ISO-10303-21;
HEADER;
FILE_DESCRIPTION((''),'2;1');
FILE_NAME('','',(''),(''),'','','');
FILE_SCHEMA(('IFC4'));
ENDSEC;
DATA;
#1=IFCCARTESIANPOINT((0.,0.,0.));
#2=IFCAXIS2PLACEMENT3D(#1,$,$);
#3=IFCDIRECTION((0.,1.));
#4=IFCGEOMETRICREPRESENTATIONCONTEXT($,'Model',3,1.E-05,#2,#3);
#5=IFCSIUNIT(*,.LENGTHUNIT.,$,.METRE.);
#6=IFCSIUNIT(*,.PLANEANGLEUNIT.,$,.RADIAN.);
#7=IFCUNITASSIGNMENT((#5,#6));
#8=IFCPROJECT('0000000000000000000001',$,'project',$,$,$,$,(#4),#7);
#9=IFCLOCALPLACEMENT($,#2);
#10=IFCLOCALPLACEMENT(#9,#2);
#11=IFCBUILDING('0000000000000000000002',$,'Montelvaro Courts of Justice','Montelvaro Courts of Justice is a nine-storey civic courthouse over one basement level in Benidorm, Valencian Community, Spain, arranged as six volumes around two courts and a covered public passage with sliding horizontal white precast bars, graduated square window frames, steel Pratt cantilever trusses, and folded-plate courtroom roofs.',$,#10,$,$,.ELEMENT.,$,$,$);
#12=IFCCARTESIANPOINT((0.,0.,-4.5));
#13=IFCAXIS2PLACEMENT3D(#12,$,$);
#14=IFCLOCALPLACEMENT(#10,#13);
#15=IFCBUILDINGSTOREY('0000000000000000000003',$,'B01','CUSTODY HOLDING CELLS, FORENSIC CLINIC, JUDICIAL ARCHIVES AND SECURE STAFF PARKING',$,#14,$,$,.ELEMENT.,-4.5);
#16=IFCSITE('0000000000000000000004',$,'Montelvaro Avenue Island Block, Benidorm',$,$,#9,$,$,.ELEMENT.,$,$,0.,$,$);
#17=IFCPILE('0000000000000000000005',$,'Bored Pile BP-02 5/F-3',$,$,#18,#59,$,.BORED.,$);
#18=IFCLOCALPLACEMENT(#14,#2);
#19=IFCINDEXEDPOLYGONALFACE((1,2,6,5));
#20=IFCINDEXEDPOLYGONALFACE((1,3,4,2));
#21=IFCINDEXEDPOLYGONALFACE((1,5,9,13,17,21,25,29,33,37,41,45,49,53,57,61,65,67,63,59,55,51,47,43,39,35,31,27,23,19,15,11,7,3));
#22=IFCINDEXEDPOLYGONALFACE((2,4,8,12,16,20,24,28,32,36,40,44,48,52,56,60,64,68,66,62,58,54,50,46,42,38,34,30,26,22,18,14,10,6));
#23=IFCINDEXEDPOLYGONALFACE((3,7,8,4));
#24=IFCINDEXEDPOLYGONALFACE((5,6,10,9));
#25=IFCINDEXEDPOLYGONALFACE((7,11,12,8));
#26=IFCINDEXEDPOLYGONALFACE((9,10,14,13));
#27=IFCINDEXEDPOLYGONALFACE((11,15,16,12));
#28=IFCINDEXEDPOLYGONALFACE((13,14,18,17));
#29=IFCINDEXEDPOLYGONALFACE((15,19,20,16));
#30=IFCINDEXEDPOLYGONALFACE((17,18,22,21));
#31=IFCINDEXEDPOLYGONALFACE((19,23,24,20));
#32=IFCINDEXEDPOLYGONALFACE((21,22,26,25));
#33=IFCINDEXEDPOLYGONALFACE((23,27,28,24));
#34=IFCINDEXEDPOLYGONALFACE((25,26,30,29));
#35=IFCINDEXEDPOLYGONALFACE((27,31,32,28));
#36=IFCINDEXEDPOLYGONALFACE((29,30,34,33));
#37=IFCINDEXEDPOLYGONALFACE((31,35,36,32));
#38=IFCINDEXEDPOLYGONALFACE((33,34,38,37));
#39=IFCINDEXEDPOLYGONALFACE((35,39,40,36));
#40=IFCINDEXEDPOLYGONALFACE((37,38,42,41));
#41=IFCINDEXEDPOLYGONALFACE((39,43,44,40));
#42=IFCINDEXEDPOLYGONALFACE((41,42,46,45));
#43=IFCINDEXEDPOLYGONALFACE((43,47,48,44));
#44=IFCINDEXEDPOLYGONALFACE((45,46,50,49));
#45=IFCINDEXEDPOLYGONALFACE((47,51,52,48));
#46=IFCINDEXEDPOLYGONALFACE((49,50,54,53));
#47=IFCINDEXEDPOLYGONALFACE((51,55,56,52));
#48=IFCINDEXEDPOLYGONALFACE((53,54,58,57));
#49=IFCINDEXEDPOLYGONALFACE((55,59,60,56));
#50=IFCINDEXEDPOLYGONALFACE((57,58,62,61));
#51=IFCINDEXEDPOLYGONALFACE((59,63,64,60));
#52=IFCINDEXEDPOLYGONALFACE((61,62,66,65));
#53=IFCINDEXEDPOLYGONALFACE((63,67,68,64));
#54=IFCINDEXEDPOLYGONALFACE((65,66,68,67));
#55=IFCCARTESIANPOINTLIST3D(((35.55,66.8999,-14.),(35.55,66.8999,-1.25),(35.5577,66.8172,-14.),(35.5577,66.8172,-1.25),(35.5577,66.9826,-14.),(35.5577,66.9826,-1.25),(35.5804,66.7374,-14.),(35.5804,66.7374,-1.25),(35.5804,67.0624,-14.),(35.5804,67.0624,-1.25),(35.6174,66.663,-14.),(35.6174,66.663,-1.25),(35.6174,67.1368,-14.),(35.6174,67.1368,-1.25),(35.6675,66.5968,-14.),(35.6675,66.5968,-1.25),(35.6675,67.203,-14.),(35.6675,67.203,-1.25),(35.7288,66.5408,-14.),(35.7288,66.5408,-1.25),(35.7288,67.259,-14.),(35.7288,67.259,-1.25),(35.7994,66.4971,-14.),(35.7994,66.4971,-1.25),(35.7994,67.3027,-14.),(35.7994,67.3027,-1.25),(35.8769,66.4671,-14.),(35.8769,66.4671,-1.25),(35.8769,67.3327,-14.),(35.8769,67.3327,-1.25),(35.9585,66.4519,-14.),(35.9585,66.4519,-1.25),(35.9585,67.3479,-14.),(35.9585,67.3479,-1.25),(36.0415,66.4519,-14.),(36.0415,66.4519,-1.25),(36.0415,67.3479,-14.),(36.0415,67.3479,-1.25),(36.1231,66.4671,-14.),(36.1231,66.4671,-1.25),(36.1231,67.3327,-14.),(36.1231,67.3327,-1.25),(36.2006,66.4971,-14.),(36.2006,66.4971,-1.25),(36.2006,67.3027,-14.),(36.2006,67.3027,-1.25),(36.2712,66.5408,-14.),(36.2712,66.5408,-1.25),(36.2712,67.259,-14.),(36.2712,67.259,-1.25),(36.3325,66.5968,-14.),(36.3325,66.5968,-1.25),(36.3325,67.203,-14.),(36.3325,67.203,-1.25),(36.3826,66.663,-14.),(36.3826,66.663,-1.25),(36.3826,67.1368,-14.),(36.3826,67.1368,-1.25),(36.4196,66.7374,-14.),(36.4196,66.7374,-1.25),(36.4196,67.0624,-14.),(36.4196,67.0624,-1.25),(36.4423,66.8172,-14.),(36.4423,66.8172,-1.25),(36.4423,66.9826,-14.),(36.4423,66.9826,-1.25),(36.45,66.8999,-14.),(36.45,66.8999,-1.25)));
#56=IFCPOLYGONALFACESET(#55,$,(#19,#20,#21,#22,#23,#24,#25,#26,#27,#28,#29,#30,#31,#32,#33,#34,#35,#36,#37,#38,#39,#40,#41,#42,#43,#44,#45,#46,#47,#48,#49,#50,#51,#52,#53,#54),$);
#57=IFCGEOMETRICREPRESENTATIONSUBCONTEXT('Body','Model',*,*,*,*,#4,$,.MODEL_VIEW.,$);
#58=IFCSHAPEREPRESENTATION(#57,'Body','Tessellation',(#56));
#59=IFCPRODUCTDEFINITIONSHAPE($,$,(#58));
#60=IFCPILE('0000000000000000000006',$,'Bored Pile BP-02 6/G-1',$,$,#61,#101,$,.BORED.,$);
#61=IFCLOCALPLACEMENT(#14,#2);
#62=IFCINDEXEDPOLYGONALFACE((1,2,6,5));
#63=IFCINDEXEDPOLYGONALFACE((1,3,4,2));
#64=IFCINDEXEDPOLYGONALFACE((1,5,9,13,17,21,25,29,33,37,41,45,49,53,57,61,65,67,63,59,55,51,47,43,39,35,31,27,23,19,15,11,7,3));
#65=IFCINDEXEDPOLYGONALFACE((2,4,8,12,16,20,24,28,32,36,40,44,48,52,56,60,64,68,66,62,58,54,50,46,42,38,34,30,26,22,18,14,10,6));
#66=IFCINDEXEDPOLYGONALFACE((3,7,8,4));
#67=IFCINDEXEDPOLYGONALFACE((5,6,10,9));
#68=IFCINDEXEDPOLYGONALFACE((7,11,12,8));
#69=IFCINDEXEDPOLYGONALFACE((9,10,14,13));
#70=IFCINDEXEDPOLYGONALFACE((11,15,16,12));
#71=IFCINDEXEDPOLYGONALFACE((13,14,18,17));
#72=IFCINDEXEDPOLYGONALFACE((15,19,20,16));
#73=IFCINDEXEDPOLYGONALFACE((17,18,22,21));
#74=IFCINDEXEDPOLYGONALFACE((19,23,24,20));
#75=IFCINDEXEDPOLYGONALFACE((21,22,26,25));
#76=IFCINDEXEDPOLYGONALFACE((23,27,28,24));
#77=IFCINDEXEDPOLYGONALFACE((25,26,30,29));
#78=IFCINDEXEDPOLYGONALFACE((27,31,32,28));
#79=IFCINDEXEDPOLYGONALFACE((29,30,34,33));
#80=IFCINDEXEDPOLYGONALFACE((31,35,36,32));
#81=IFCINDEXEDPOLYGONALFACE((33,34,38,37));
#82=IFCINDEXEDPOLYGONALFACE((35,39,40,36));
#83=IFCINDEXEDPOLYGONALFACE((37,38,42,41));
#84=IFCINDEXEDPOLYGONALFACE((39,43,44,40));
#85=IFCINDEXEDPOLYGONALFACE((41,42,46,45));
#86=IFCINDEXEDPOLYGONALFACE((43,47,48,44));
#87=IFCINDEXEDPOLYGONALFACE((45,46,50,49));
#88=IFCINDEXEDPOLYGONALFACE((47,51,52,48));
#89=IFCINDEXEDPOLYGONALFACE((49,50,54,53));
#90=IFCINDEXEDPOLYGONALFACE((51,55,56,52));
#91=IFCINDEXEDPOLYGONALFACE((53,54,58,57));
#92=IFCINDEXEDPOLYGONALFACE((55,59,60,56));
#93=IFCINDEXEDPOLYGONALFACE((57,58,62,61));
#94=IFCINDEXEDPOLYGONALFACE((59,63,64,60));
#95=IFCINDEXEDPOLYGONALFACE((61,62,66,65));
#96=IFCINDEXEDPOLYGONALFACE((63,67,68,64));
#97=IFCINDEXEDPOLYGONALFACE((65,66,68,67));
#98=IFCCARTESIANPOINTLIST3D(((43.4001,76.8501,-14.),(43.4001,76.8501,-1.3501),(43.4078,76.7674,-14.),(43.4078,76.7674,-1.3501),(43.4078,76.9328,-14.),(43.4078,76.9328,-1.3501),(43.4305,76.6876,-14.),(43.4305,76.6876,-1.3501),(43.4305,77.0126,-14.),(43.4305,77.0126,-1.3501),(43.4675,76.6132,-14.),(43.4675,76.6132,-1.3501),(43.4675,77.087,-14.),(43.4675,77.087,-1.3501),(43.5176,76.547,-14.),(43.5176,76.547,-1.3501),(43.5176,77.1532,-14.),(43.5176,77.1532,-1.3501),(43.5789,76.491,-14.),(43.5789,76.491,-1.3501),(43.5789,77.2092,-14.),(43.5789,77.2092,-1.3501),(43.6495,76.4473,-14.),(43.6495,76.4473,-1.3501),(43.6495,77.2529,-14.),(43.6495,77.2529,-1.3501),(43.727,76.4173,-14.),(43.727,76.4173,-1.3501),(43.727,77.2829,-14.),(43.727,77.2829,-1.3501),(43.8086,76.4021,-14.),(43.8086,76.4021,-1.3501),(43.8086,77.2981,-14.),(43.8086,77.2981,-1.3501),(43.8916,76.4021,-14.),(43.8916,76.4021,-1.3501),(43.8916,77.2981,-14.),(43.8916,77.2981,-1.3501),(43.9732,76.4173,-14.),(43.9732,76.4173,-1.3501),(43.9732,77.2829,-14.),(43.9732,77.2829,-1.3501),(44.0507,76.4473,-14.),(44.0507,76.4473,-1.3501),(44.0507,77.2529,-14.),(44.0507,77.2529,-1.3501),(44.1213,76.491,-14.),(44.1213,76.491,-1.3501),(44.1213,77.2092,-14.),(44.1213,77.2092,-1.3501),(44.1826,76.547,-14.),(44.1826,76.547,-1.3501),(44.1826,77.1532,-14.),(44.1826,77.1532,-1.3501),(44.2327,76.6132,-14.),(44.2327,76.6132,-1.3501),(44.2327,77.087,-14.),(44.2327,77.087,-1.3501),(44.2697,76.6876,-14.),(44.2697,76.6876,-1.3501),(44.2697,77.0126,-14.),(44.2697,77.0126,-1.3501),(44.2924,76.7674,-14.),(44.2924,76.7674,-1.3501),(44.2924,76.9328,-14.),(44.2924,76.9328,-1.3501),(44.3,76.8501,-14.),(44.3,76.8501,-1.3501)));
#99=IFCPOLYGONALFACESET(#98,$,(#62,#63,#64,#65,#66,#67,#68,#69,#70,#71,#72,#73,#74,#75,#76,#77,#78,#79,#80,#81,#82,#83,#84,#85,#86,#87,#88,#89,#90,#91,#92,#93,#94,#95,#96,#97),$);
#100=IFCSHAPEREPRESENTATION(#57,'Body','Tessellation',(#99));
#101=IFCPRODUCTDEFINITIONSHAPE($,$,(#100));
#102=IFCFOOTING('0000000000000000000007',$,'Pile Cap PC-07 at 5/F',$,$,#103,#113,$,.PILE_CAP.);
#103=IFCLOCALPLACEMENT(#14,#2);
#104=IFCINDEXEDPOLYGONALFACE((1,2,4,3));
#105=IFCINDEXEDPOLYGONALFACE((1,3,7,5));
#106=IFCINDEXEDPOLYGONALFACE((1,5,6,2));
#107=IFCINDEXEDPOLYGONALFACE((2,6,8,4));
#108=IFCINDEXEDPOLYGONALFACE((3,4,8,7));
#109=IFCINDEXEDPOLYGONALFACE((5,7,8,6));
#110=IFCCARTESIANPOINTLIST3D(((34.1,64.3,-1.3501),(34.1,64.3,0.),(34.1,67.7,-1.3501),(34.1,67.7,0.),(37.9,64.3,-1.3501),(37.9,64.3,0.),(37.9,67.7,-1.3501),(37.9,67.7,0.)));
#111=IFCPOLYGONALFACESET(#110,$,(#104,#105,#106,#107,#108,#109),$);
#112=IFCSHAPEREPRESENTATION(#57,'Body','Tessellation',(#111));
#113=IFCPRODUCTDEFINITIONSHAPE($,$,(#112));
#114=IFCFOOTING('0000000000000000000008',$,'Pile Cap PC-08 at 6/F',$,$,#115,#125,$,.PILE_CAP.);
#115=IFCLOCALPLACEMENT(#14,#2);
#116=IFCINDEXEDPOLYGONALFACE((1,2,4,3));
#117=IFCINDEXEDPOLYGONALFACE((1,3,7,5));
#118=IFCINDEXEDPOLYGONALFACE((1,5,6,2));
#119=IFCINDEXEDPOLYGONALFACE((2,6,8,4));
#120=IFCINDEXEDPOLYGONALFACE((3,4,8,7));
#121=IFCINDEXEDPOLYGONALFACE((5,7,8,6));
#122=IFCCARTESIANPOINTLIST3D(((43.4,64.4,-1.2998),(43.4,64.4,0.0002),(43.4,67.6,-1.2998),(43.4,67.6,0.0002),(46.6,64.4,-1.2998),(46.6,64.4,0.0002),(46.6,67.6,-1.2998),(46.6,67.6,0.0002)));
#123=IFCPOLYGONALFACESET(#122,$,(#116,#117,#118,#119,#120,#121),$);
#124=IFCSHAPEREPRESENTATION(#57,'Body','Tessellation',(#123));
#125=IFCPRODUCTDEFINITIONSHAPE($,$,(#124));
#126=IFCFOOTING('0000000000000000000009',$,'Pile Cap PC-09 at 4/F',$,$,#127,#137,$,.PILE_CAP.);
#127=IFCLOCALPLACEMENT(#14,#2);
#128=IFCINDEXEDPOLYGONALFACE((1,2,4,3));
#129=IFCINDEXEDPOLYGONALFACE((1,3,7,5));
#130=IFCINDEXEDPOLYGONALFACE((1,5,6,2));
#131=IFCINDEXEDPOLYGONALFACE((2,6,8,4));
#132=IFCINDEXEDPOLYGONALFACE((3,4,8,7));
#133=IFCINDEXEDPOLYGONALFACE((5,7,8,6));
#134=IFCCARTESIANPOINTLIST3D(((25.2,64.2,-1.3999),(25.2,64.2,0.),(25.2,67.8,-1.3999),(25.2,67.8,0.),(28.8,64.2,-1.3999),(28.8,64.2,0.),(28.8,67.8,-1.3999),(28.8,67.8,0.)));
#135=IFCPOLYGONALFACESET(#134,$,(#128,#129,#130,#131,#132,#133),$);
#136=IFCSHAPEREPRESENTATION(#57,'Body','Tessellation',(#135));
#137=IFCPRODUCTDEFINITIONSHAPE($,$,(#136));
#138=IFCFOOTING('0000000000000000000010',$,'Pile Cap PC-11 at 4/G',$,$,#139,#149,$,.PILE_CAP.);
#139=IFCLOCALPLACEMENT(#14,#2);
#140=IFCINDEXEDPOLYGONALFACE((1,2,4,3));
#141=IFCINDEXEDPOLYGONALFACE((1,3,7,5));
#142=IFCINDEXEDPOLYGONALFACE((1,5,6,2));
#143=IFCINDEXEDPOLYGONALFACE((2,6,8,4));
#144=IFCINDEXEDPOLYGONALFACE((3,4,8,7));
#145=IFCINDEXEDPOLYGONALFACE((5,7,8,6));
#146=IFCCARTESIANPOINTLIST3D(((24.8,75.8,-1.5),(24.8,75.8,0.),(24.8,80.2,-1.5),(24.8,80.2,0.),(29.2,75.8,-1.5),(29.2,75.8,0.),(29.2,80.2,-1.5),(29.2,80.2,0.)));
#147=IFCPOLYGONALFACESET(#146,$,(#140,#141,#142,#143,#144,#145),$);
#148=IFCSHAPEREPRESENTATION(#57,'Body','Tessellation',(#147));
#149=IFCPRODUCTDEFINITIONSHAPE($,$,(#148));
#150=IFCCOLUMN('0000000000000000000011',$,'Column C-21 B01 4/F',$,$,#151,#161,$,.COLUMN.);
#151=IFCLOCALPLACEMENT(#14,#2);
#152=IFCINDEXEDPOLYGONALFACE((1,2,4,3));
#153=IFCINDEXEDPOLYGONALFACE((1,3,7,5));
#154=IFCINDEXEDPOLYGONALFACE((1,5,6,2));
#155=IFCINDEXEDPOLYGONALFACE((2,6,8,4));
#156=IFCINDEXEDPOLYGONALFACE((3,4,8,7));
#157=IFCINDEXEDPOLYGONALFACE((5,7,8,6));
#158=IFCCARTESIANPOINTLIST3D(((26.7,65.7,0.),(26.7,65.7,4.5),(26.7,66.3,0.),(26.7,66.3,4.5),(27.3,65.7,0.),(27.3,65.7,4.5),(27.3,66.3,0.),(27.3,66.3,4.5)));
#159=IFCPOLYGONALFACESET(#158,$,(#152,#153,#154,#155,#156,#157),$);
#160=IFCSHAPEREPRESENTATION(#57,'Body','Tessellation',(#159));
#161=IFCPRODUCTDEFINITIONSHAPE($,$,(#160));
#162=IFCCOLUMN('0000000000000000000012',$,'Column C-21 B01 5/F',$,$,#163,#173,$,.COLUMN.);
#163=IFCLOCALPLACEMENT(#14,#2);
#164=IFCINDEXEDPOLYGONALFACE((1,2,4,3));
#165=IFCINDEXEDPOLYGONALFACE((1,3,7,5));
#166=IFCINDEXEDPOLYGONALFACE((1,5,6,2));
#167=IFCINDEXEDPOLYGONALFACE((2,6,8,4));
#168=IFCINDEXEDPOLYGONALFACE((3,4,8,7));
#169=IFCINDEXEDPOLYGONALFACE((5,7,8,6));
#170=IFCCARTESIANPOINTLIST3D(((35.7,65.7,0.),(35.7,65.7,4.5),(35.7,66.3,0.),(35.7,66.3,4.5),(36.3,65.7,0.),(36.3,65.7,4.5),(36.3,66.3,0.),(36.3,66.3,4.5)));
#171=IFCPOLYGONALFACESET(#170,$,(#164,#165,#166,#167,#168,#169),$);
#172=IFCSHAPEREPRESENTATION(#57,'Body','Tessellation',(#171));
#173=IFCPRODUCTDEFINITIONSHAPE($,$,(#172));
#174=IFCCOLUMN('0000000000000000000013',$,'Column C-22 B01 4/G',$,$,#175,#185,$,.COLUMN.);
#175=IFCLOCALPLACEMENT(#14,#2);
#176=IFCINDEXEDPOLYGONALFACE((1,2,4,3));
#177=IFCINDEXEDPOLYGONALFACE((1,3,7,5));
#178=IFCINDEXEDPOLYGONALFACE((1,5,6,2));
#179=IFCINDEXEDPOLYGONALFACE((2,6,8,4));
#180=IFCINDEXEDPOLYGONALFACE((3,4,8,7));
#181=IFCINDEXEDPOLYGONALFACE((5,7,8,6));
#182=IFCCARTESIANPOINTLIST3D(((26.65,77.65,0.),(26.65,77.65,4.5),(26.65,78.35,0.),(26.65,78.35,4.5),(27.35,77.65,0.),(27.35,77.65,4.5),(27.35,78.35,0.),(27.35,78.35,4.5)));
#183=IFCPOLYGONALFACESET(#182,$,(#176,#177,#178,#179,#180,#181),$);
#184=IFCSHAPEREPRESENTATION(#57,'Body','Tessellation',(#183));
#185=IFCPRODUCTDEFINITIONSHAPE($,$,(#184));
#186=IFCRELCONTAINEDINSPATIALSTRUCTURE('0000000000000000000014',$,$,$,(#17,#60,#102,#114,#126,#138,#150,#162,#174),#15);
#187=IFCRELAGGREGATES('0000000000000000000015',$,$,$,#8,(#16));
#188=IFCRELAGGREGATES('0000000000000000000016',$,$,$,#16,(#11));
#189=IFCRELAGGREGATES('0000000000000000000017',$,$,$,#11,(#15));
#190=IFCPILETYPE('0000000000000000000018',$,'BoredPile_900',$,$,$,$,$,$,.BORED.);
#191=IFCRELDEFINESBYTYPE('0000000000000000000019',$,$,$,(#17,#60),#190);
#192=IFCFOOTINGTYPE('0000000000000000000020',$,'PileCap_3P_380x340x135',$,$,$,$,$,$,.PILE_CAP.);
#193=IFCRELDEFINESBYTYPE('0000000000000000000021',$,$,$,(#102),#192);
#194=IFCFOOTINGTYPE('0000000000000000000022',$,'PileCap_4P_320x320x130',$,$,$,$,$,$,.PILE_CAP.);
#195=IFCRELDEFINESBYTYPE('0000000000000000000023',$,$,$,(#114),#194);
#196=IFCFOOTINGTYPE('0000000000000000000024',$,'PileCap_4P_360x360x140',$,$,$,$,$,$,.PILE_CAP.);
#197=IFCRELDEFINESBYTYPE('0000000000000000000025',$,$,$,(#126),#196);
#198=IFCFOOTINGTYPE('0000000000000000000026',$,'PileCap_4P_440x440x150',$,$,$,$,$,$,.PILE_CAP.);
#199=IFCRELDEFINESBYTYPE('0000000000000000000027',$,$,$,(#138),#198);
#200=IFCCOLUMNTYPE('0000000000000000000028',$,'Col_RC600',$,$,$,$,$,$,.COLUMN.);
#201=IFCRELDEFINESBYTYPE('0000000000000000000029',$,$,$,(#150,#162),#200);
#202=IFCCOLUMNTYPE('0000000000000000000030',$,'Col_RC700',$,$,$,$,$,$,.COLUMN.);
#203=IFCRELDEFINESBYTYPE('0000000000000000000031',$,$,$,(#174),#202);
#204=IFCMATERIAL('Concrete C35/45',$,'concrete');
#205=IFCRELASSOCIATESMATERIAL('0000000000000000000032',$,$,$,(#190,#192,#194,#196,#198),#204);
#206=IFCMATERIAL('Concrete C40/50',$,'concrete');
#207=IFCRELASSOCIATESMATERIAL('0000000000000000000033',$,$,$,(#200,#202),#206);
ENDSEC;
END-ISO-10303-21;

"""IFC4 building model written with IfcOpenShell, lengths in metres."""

from ifc_helpers import new_model, si_unit, direction, frame, origin, origin_2d, place, context, subcontext, project, spatial, rectangle, circle, extrude, material, material_profile, profile_set, type_object, element, save


model = new_model("IFC4")

# Units and contexts
model_context = context("Model", 3, precision=1e-05, world=origin(), true_north=direction((0.0, 1.0)))
body_context = subcontext(model_context, "Body", "Model", "MODEL_VIEW")
ifc_project = project(units=[si_unit("LENGTHUNIT", "METRE"), si_unit("PLANEANGLEUNIT", "RADIAN")], contexts=[model_context])

# Site, building, storey
site_placement = place(None, origin())
site = spatial("IfcSite", under=ifc_project, at=site_placement, Name="Montelvaro Avenue Island Block, Benidorm", CompositionType="ELEMENT", RefElevation=0.0)
building_placement = place(site_placement, origin())
building = spatial("IfcBuilding", under=site, at=building_placement, Name="Montelvaro Courts of Justice", Description="Montelvaro Courts of Justice is a nine-storey civic courthouse over one basement level in Benidorm, Valencian Community, Spain, arranged as six volumes around two courts and a covered public passage with sliding horizontal white precast bars, graduated square window frames, steel Pratt cantilever trusses, and folded-plate courtroom roofs.", CompositionType="ELEMENT")
storey_placement = place(building_placement, frame((0.0, 0.0, -4.5)))
storey = spatial("IfcBuildingStorey", under=building, at=storey_placement, Name="B01", Description="CUSTODY HOLDING CELLS, FORENSIC CLINIC, JUDICIAL ARCHIVES AND SECURE STAFF PARKING", CompositionType="ELEMENT", Elevation=-4.5)

# Piles
ifc_material_1 = material(Name="Concrete C35/45", Category="concrete")
ifc_material_profile_1 = material_profile(ifc_material_1, circle(Radius=0.45, at=origin_2d()), Name="BORED PILE D900")
ifc_profile_set_1 = profile_set([ifc_material_profile_1], Name="Concrete C35/45")
pile_type_1 = type_object("IfcPileType", Name="BoredPile_900", PredefinedType="BORED", material=ifc_profile_set_1)
for number, where, z_axis, x_axis, name in (
    (1, (36.0, 66.8999, -1.25), (0.0, 0.0, -1.0), (1.0, 0.0, 0.0), "Bored Pile BP-02 5/F-3"),
):
    element("IfcPile", number, at=place(storey_placement, frame(where, z_axis=z_axis, x_axis=x_axis)), inside=storey, type_object=pile_type_1, Name=name, PredefinedType="BORED", context=body_context, shape_type="SweptSolid", body=[
        extrude(circle(Radius=0.45, at=origin_2d()), origin(), (0.0, 0.0, 1.0), 12.75),
    ])
pile_placement = place(storey_placement, frame((43.8501, 76.8501, -1.3501), z_axis=(0.0, 0.0, -1.0), x_axis=(1.0, 0.0, 0.0)))
element("IfcPile", 2, at=pile_placement, inside=storey, type_object=pile_type_1, Name="Bored Pile BP-02 6/G-1", PredefinedType="BORED", context=body_context, shape_type="SweptSolid", body=[
    extrude(circle(Radius=0.45, at=origin_2d()), origin(), (0.0, 0.0, 1.0), 12.6499),
])

# Footings
footing_type_1 = type_object("IfcFootingType", Name="PileCap_3P_380x340x135", PredefinedType="PILE_CAP", material=ifc_material_1)
footing_1_placement = place(storey_placement, frame((36.0, 66.0, -1.3501), z_axis=(0.0, 0.0, 1.0), x_axis=(1.0, 0.0, 0.0)))
element("IfcFooting", 3, at=footing_1_placement, inside=storey, type_object=footing_type_1, Name="Pile Cap PC-07 at 5/F", PredefinedType="PILE_CAP", context=body_context, shape_type="SweptSolid", body=[
    extrude(rectangle(XDim=3.8, YDim=3.3999, at=origin_2d()), origin(), (0.0, 0.0, 1.0), 1.3501),
])
footing_type_2 = type_object("IfcFootingType", Name="PileCap_4P_320x320x130", PredefinedType="PILE_CAP", material=ifc_material_1)
footing_2_placement = place(storey_placement, frame((45.0, 66.0, -1.2998), z_axis=(0.0, 0.0, 1.0), x_axis=(1.0, 0.0, 0.0)))
element("IfcFooting", 4, at=footing_2_placement, inside=storey, type_object=footing_type_2, Name="Pile Cap PC-08 at 6/F", PredefinedType="PILE_CAP", context=body_context, shape_type="SweptSolid", body=[
    extrude(rectangle(XDim=3.2, YDim=3.2, at=origin_2d()), origin(), (0.0, 0.0, 1.0), 1.3),
])
footing_type_3 = type_object("IfcFootingType", Name="PileCap_4P_360x360x140", PredefinedType="PILE_CAP", material=ifc_material_1)
footing_3_placement = place(storey_placement, frame((27.0, 66.0, -1.3999), z_axis=(0.0, 0.0, 1.0), x_axis=(1.0, 0.0, 0.0)))
element("IfcFooting", 5, at=footing_3_placement, inside=storey, type_object=footing_type_3, Name="Pile Cap PC-09 at 4/F", PredefinedType="PILE_CAP", context=body_context, shape_type="SweptSolid", body=[
    extrude(rectangle(XDim=3.6001, YDim=3.6001, at=origin_2d()), origin(), (0.0, 0.0, 1.0), 1.3999),
])
footing_type_4 = type_object("IfcFootingType", Name="PileCap_4P_440x440x150", PredefinedType="PILE_CAP", material=ifc_material_1)
footing_4_placement = place(storey_placement, frame((27.0, 78.0, -1.5), z_axis=(0.0, 0.0, 1.0), x_axis=(1.0, 0.0, 0.0)))
element("IfcFooting", 6, at=footing_4_placement, inside=storey, type_object=footing_type_4, Name="Pile Cap PC-11 at 4/G", PredefinedType="PILE_CAP", context=body_context, shape_type="SweptSolid", body=[
    extrude(rectangle(XDim=4.3999, YDim=4.3999, at=origin_2d()), origin(), (0.0, 0.0, 1.0), 1.5),
])

# Columns
ifc_material_2 = material(Name="Concrete C40/50", Category="concrete")
ifc_material_profile_2 = material_profile(ifc_material_2, rectangle(XDim=0.6001, YDim=0.6001, at=origin_2d()), Name="RC 600x600")
ifc_profile_set_2 = profile_set([ifc_material_profile_2], Name="Concrete C40/50")
column_type_1 = type_object("IfcColumnType", Name="Col_RC600", PredefinedType="COLUMN", material=ifc_profile_set_2)
for number, where, z_axis, x_axis, name in (
    (7, (27.0, 66.0, 0.0), (0.0, 0.0, 1.0), (1.0, 0.0, 0.0), "Column C-21 B01 4/F"),
    (8, (36.0, 66.0, 0.0), (0.0, 0.0, 1.0), (1.0, 0.0, 0.0), "Column C-21 B01 5/F"),
):
    element("IfcColumn", number, at=place(storey_placement, frame(where, z_axis=z_axis, x_axis=x_axis)), inside=storey, type_object=column_type_1, Name=name, PredefinedType="COLUMN", context=body_context, shape_type="SweptSolid", body=[
        extrude(rectangle(XDim=0.6001, YDim=0.6001, at=origin_2d()), origin(), (0.0, 0.0, 1.0), 4.5),
    ])
ifc_material_profile_3 = material_profile(ifc_material_2, rectangle(XDim=0.7, YDim=0.7, at=origin_2d()), Name="RC 700x700")
ifc_profile_set_3 = profile_set([ifc_material_profile_3], Name="Concrete C40/50")
column_type_2 = type_object("IfcColumnType", Name="Col_RC700", PredefinedType="COLUMN", material=ifc_profile_set_3)
column_placement = place(storey_placement, frame((27.0, 78.0, 0.0), z_axis=(0.0, 0.0, 1.0), x_axis=(1.0, 0.0, 0.0)))
element("IfcColumn", 9, at=column_placement, inside=storey, type_object=column_type_2, Name="Column C-22 B01 4/G", PredefinedType="COLUMN", context=body_context, shape_type="SweptSolid", body=[
    extrude(rectangle(XDim=0.7, YDim=0.7, at=origin_2d()), origin(), (0.0, 0.0, 1.0), 4.5),
])

save(model, "model.ifc")
